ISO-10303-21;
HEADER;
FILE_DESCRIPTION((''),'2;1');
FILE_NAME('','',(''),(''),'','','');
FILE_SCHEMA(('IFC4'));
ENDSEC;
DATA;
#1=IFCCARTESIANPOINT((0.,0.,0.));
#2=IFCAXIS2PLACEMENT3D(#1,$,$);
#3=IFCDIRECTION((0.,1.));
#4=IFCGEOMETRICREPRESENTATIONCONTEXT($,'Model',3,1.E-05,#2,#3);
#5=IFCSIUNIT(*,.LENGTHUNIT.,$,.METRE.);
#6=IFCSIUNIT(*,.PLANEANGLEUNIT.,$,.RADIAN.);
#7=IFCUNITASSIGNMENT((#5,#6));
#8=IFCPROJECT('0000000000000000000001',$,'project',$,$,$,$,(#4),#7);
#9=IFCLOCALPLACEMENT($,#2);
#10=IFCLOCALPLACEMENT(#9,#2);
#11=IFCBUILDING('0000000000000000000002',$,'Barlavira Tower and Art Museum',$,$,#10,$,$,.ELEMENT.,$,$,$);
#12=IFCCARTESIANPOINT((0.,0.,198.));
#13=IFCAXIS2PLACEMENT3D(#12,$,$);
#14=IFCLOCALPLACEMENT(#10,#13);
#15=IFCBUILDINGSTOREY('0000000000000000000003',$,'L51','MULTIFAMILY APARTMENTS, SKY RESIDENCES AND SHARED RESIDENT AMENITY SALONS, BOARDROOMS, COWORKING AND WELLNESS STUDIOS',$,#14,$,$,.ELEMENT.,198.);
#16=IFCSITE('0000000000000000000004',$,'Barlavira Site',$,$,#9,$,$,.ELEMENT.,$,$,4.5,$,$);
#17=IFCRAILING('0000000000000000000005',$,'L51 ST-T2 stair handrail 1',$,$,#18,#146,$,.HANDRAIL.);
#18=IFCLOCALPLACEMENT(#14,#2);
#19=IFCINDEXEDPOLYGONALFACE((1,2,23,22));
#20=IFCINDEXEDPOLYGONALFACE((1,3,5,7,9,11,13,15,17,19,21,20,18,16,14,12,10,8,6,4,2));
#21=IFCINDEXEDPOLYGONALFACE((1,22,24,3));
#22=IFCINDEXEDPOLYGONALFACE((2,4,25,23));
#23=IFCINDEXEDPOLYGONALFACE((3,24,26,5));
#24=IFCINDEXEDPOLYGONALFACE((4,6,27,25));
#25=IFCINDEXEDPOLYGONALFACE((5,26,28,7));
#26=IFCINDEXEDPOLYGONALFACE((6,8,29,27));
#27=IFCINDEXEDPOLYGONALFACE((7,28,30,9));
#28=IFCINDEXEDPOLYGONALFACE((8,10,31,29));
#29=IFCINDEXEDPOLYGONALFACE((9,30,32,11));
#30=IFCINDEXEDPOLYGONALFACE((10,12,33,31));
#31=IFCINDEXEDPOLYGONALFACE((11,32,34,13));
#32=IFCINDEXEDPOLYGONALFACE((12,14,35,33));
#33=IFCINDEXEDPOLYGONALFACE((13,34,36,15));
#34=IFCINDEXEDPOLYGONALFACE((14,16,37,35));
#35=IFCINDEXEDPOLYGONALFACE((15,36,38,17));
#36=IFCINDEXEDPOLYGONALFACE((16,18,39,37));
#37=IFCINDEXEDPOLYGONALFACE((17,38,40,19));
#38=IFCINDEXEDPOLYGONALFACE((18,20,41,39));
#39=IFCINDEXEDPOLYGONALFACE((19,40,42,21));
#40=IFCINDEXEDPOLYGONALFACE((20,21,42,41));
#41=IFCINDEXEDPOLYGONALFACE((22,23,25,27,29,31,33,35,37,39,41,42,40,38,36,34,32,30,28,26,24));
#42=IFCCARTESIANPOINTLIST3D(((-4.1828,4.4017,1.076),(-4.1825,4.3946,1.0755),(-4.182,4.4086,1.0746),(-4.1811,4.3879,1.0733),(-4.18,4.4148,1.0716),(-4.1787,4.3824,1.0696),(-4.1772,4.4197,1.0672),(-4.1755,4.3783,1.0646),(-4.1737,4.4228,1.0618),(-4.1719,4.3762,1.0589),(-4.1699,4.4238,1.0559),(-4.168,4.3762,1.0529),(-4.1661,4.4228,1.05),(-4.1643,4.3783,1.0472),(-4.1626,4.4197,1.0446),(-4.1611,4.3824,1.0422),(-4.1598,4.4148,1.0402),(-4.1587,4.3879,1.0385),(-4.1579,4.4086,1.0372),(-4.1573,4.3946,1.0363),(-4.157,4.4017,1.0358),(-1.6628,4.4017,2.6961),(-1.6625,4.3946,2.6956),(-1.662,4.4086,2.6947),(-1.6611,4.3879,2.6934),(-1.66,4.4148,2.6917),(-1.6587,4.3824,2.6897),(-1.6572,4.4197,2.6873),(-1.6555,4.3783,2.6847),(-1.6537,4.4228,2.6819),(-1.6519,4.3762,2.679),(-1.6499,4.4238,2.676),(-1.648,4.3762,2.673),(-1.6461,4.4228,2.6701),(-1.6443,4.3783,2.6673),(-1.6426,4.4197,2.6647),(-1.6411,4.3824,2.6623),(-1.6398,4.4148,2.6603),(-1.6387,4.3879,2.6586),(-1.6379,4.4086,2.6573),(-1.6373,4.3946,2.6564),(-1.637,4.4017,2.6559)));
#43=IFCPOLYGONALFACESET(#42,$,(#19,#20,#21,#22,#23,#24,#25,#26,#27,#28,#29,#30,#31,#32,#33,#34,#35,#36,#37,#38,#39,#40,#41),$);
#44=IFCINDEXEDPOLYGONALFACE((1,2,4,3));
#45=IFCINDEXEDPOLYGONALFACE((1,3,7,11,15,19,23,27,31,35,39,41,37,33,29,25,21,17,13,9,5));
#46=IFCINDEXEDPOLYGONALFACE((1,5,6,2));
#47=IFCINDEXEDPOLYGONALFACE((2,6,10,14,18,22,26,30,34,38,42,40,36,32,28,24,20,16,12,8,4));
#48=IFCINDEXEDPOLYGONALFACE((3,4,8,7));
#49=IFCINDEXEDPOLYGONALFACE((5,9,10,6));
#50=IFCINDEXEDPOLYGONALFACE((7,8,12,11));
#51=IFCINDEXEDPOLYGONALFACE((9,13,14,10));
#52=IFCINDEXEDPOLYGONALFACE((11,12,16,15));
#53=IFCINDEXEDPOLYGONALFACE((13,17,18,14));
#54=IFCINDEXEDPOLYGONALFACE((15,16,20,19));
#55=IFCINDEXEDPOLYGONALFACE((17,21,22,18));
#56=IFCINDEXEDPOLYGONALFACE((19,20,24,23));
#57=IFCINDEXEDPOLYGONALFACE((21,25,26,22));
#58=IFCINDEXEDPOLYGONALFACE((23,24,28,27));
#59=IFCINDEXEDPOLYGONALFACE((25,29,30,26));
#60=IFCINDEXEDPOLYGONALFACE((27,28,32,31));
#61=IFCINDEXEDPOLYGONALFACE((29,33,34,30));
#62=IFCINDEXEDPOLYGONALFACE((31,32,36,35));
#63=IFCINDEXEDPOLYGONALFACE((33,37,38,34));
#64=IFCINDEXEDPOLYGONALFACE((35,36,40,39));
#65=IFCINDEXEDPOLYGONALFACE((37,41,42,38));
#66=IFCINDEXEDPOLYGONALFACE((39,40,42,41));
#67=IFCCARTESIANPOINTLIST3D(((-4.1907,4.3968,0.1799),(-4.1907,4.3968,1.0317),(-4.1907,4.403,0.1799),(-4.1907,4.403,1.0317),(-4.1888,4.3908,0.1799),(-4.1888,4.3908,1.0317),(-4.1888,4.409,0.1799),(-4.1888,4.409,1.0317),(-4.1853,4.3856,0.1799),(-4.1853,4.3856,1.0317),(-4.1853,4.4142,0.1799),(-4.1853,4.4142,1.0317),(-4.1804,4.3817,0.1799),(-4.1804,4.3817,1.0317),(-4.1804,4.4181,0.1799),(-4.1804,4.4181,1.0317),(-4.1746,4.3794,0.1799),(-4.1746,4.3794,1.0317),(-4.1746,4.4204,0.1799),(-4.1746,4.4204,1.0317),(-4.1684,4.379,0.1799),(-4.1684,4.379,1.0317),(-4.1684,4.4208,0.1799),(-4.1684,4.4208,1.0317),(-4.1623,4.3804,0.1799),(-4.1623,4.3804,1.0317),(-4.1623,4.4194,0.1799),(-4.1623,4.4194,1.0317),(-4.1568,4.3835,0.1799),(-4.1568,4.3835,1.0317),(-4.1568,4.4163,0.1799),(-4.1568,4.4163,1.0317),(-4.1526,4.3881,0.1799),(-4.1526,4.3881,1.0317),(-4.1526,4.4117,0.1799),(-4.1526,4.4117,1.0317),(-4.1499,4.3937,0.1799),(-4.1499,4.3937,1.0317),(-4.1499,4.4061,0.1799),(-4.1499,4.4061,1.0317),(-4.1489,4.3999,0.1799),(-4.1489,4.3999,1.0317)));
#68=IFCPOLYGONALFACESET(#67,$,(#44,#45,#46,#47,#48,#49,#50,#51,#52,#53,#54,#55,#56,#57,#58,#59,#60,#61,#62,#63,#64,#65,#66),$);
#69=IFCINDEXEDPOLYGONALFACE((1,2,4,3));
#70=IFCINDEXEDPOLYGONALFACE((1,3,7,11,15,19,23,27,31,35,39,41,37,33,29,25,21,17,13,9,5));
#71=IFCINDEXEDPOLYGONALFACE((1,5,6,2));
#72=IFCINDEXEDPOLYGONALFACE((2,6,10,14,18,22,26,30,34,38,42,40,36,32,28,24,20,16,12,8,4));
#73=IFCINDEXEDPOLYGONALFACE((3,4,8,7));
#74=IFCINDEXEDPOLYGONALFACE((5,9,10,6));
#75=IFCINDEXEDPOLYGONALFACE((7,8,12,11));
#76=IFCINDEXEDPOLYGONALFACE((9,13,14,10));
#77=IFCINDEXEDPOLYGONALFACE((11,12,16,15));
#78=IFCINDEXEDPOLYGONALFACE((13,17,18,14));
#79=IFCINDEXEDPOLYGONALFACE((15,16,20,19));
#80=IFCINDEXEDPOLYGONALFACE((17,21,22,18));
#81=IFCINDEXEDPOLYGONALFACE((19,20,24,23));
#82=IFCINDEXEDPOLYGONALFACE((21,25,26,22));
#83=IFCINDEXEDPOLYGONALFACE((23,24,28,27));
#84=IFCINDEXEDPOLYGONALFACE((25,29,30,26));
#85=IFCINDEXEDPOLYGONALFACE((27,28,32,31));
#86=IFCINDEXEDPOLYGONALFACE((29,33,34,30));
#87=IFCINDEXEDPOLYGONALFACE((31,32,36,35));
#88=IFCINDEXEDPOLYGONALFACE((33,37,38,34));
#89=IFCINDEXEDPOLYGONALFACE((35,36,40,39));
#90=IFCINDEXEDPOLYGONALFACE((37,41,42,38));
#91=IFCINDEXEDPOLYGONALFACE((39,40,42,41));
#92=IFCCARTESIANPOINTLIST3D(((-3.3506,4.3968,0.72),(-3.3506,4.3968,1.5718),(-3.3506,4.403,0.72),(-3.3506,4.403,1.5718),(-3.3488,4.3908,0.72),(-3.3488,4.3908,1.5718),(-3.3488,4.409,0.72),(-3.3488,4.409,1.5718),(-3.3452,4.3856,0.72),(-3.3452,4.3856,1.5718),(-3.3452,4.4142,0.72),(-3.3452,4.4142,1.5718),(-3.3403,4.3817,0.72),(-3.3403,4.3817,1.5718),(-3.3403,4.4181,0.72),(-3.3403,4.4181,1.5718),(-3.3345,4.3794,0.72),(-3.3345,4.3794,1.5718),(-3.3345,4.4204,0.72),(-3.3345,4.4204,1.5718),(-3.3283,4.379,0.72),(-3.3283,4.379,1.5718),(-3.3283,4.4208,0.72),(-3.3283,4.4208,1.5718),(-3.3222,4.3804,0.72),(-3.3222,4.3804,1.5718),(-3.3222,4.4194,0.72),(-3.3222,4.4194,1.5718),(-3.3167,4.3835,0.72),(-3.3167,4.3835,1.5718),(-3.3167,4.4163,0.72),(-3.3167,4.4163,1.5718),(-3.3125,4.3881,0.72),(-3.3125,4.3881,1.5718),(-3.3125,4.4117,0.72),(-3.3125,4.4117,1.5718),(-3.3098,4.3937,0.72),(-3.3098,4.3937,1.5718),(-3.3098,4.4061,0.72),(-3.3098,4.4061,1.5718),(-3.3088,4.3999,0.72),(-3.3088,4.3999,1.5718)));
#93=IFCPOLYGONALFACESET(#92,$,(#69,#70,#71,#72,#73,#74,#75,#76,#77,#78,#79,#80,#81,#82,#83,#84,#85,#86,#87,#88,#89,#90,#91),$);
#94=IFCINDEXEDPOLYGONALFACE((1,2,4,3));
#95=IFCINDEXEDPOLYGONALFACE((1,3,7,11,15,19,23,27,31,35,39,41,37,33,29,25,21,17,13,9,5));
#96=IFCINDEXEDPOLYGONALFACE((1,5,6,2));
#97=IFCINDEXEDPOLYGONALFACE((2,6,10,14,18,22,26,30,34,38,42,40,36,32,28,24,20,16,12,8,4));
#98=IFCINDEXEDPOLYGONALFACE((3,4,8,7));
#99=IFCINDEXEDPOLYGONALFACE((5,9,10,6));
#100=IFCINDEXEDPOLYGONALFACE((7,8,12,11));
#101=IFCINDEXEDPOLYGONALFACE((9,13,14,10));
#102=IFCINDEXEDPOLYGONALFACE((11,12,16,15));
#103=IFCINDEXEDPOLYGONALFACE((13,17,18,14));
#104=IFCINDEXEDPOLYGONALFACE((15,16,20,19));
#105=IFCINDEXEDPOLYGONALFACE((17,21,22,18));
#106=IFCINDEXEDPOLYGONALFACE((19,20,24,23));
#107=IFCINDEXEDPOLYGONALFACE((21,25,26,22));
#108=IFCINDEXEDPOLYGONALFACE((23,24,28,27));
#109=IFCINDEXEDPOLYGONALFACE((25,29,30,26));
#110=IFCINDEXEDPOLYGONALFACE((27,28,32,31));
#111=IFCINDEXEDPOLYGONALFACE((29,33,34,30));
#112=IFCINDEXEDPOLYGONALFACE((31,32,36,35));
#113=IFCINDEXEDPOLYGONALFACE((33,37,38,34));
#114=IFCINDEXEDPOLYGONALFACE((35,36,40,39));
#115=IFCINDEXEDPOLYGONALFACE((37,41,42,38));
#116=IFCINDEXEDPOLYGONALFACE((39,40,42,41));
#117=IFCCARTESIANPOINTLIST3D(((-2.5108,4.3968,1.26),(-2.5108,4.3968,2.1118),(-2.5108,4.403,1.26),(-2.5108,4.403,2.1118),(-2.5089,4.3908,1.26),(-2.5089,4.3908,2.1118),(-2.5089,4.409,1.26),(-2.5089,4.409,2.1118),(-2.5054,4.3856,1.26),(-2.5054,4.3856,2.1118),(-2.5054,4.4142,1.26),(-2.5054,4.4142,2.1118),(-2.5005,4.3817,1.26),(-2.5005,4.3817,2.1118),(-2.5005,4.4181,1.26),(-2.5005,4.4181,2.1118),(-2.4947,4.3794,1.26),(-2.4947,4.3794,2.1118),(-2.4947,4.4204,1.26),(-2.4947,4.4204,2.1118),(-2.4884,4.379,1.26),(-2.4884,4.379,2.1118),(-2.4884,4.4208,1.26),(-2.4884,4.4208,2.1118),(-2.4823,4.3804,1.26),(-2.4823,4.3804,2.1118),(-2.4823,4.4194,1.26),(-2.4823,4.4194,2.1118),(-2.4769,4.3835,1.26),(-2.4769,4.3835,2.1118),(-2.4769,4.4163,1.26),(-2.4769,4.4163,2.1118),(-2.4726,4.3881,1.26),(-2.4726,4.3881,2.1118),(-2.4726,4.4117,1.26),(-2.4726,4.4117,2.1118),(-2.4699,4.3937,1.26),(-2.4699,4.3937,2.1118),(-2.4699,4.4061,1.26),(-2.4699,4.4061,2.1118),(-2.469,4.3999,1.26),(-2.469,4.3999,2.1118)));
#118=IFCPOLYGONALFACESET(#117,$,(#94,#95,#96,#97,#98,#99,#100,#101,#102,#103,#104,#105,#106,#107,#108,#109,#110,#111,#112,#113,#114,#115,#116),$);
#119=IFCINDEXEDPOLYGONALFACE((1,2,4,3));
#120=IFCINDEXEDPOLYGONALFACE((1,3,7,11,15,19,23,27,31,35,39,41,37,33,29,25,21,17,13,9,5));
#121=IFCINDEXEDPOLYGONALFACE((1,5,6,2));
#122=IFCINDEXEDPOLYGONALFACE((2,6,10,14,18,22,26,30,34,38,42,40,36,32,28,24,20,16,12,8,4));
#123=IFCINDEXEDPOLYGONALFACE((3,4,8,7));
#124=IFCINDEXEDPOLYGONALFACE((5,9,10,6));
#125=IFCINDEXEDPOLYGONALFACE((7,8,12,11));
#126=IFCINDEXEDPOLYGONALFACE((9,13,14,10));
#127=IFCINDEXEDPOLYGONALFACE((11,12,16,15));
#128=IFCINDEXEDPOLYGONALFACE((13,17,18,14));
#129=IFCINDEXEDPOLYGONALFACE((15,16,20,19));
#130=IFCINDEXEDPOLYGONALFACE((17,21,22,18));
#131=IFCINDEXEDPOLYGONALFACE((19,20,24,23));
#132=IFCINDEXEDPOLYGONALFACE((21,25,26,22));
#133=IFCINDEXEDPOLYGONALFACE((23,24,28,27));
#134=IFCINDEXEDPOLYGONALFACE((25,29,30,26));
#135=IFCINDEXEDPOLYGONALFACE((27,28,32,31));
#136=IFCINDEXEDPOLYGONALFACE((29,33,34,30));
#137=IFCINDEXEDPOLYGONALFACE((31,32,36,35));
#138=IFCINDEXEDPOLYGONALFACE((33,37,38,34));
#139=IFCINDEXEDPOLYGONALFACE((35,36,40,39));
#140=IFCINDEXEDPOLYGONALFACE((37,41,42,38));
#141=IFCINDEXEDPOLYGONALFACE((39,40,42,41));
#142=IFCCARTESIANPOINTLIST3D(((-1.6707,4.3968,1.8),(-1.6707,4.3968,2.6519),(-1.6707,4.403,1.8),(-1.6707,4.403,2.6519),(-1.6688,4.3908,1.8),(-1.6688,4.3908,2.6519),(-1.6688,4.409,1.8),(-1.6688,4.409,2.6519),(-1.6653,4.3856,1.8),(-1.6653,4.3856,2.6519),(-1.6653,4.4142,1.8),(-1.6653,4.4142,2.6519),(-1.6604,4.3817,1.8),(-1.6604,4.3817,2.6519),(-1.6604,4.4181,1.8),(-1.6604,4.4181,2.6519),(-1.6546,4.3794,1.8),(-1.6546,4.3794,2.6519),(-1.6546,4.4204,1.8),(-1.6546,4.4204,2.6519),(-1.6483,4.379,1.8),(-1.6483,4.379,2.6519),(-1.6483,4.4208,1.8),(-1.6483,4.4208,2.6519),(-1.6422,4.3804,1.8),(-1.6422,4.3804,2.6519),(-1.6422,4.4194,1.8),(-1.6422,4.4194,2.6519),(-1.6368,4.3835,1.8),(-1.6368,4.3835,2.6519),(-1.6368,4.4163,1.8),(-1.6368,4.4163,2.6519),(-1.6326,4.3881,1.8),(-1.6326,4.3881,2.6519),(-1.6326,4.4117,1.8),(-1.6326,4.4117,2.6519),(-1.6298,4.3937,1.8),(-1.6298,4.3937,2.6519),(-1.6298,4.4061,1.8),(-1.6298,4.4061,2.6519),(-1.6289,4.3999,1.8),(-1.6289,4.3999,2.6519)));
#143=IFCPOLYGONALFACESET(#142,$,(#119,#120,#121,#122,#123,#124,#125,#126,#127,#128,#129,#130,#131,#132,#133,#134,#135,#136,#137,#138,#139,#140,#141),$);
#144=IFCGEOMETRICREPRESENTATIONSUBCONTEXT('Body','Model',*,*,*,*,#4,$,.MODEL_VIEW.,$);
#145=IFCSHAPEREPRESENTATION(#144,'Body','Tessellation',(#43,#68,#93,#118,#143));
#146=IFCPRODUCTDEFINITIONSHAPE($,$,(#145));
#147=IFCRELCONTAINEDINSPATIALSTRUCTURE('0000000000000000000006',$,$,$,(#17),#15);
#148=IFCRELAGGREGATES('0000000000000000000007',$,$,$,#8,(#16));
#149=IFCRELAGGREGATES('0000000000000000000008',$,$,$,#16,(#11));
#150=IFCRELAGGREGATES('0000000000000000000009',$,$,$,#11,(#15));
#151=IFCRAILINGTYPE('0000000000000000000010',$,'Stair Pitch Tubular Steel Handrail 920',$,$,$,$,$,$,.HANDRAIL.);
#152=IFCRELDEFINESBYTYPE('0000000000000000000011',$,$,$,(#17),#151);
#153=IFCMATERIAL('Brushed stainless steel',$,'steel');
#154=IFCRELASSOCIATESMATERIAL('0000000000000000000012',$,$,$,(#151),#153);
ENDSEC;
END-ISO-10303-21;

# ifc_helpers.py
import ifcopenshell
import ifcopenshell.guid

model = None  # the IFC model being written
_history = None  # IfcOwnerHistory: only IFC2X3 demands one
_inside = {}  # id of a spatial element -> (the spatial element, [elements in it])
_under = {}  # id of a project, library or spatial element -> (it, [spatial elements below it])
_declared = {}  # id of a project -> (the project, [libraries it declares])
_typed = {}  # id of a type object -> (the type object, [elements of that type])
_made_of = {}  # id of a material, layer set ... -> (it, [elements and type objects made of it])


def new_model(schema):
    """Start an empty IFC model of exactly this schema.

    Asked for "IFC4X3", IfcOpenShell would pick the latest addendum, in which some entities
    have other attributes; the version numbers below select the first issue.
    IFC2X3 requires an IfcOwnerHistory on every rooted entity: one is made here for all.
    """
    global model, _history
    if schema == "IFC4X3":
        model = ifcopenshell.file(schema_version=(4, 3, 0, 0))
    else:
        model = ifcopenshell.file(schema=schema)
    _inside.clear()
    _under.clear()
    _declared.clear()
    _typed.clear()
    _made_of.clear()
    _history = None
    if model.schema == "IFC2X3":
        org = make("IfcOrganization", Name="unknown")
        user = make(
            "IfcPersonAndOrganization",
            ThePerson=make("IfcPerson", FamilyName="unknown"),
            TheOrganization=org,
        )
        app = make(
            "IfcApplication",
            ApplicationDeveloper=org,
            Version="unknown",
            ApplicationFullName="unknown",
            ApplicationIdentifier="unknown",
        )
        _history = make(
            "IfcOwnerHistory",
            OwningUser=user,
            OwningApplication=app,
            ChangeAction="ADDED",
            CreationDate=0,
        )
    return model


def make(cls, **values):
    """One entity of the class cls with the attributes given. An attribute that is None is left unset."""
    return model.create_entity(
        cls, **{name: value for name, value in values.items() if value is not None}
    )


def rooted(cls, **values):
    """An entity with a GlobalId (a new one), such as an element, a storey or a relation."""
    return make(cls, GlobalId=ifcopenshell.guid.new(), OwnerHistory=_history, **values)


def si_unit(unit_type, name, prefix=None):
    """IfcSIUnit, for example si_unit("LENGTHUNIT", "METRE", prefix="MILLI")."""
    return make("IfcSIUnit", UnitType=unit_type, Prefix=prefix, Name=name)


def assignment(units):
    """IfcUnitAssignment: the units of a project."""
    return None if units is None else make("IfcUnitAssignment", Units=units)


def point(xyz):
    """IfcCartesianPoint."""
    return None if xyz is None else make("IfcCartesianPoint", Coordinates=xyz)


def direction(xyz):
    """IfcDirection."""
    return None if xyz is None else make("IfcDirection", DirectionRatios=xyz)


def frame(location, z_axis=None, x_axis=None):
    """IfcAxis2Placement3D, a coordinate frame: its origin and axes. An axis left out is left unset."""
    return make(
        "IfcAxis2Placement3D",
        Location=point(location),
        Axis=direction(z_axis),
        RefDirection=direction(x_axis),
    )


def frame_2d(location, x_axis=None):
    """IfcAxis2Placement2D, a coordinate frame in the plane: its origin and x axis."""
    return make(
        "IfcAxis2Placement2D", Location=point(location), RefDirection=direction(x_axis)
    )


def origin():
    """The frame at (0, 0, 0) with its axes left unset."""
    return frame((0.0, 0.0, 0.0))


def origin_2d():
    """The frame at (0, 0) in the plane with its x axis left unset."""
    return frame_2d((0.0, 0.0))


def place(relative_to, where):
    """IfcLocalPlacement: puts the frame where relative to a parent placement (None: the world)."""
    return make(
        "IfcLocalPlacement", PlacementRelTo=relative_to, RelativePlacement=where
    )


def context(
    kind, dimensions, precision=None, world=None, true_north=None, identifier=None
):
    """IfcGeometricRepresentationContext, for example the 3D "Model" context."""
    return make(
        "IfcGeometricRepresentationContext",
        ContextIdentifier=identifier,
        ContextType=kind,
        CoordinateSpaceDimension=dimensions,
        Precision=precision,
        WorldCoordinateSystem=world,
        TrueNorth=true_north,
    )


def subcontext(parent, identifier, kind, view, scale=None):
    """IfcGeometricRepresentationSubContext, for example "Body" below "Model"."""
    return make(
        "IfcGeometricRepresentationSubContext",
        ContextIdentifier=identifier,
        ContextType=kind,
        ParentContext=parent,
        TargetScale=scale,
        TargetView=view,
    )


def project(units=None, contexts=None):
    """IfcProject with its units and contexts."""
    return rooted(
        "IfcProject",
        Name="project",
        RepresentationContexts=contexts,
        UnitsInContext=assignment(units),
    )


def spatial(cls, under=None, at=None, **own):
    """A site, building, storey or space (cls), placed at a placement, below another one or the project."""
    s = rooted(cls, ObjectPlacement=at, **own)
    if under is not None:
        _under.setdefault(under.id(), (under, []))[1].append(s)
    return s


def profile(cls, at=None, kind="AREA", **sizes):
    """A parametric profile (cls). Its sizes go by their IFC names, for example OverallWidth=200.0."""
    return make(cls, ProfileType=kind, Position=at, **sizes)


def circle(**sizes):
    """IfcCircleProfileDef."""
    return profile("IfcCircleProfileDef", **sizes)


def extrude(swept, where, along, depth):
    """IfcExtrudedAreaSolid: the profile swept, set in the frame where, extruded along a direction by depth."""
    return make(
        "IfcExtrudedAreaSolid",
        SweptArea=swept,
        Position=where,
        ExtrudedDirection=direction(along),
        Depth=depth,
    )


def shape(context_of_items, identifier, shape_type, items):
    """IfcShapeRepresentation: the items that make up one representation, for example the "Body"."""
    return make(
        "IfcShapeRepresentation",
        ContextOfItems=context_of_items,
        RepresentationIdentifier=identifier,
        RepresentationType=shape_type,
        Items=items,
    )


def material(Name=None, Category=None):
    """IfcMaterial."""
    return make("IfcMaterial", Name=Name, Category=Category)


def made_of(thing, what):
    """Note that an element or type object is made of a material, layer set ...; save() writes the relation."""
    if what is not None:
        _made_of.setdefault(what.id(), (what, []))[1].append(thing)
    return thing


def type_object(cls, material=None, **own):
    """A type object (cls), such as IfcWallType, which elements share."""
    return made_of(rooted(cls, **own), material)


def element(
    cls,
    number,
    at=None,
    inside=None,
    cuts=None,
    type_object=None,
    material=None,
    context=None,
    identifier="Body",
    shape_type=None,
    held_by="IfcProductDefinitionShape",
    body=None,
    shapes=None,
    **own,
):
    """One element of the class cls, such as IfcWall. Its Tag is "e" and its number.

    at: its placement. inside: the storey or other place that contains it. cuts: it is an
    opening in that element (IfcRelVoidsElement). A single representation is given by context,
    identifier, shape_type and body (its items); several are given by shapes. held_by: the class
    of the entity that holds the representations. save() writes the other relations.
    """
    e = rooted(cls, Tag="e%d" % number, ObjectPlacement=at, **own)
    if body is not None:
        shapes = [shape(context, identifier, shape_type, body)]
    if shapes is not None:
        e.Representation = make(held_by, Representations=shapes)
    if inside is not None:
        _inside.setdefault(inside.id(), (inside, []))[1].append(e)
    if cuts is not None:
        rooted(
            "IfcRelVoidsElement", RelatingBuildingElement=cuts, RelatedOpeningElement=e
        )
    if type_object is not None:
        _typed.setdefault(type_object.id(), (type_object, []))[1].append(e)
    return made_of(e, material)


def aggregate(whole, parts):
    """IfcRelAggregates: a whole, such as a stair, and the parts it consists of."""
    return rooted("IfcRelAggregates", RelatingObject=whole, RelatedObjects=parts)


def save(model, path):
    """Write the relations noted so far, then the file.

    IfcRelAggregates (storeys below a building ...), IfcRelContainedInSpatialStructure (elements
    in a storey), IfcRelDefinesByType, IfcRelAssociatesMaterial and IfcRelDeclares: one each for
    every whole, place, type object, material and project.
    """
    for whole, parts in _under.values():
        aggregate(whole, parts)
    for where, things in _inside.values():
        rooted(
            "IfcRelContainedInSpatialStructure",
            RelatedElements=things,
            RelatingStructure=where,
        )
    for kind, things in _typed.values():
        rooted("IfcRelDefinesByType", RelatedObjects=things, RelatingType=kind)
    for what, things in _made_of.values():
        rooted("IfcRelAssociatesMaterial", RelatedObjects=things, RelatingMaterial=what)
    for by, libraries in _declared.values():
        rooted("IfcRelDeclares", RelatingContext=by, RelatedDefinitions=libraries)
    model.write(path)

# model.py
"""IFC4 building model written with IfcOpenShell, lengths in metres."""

from ifc_helpers import new_model, si_unit, direction, frame, origin, origin_2d, place, context, subcontext, project, spatial, circle, extrude, material, type_object, element, save


model = new_model("IFC4")

# Units and contexts
model_context = context("Model", 3, precision=1e-05, world=origin(), true_north=direction((0.0, 1.0)))
body_context = subcontext(model_context, "Body", "Model", "MODEL_VIEW")
ifc_project = project(units=[si_unit("LENGTHUNIT", "METRE"), si_unit("PLANEANGLEUNIT", "RADIAN")], contexts=[model_context])

# Site, building, storey
site_placement = place(None, origin())
site = spatial("IfcSite", under=ifc_project, at=site_placement, Name="Barlavira Site", CompositionType="ELEMENT", RefElevation=4.5)
building_placement = place(site_placement, origin())
building = spatial("IfcBuilding", under=site, at=building_placement, Name="Barlavira Tower and Art Museum", CompositionType="ELEMENT")
storey_placement = place(building_placement, frame((0.0, 0.0, 198.0)))
storey = spatial("IfcBuildingStorey", under=building, at=storey_placement, Name="L51", Description="MULTIFAMILY APARTMENTS, SKY RESIDENCES AND SHARED RESIDENT AMENITY SALONS, BOARDROOMS, COWORKING AND WELLNESS STUDIOS", CompositionType="ELEMENT", Elevation=198.0)

# Shared definitions
ifc_material_1 = material(Name="Brushed stainless steel", Category="steel")

# Railing
railing_type_1 = type_object("IfcRailingType", Name="Stair Pitch Tubular Steel Handrail 920", PredefinedType="HANDRAIL", material=ifc_material_1)
railing_1_placement = place(storey_placement, frame((-4.1699, 4.3999, 0.1799)))
element("IfcRailing", 1, at=railing_1_placement, inside=storey, type_object=railing_type_1, Name="L51 ST-T2 stair handrail 1", PredefinedType="HANDRAIL", context=body_context, shape_type="SweptSolid", body=[
    extrude(circle(Radius=0.0239, at=origin_2d()), frame((0.0, 0.0, 0.876), z_axis=(0.841163, 0.0, 0.540782), x_axis=(0.0, 1.0, 0.0)), (0.0, 0.0, 1.0), 2.9958),
    extrude(circle(Radius=0.021, at=origin_2d()), origin(), (0.0, 0.0, 1.0), 0.8518),
    extrude(circle(Radius=0.021, at=origin_2d()), frame((0.8401, 0.0, 0.54)), (0.0, 0.0, 1.0), 0.8518),
    extrude(circle(Radius=0.021, at=origin_2d()), frame((1.6799, 0.0, 1.0801)), (0.0, 0.0, 1.0), 0.8518),
    extrude(circle(Radius=0.021, at=origin_2d()), frame((2.52, 0.0, 1.6201)), (0.0, 0.0, 1.0), 0.8518),
])

save(model, "model.ifc")
